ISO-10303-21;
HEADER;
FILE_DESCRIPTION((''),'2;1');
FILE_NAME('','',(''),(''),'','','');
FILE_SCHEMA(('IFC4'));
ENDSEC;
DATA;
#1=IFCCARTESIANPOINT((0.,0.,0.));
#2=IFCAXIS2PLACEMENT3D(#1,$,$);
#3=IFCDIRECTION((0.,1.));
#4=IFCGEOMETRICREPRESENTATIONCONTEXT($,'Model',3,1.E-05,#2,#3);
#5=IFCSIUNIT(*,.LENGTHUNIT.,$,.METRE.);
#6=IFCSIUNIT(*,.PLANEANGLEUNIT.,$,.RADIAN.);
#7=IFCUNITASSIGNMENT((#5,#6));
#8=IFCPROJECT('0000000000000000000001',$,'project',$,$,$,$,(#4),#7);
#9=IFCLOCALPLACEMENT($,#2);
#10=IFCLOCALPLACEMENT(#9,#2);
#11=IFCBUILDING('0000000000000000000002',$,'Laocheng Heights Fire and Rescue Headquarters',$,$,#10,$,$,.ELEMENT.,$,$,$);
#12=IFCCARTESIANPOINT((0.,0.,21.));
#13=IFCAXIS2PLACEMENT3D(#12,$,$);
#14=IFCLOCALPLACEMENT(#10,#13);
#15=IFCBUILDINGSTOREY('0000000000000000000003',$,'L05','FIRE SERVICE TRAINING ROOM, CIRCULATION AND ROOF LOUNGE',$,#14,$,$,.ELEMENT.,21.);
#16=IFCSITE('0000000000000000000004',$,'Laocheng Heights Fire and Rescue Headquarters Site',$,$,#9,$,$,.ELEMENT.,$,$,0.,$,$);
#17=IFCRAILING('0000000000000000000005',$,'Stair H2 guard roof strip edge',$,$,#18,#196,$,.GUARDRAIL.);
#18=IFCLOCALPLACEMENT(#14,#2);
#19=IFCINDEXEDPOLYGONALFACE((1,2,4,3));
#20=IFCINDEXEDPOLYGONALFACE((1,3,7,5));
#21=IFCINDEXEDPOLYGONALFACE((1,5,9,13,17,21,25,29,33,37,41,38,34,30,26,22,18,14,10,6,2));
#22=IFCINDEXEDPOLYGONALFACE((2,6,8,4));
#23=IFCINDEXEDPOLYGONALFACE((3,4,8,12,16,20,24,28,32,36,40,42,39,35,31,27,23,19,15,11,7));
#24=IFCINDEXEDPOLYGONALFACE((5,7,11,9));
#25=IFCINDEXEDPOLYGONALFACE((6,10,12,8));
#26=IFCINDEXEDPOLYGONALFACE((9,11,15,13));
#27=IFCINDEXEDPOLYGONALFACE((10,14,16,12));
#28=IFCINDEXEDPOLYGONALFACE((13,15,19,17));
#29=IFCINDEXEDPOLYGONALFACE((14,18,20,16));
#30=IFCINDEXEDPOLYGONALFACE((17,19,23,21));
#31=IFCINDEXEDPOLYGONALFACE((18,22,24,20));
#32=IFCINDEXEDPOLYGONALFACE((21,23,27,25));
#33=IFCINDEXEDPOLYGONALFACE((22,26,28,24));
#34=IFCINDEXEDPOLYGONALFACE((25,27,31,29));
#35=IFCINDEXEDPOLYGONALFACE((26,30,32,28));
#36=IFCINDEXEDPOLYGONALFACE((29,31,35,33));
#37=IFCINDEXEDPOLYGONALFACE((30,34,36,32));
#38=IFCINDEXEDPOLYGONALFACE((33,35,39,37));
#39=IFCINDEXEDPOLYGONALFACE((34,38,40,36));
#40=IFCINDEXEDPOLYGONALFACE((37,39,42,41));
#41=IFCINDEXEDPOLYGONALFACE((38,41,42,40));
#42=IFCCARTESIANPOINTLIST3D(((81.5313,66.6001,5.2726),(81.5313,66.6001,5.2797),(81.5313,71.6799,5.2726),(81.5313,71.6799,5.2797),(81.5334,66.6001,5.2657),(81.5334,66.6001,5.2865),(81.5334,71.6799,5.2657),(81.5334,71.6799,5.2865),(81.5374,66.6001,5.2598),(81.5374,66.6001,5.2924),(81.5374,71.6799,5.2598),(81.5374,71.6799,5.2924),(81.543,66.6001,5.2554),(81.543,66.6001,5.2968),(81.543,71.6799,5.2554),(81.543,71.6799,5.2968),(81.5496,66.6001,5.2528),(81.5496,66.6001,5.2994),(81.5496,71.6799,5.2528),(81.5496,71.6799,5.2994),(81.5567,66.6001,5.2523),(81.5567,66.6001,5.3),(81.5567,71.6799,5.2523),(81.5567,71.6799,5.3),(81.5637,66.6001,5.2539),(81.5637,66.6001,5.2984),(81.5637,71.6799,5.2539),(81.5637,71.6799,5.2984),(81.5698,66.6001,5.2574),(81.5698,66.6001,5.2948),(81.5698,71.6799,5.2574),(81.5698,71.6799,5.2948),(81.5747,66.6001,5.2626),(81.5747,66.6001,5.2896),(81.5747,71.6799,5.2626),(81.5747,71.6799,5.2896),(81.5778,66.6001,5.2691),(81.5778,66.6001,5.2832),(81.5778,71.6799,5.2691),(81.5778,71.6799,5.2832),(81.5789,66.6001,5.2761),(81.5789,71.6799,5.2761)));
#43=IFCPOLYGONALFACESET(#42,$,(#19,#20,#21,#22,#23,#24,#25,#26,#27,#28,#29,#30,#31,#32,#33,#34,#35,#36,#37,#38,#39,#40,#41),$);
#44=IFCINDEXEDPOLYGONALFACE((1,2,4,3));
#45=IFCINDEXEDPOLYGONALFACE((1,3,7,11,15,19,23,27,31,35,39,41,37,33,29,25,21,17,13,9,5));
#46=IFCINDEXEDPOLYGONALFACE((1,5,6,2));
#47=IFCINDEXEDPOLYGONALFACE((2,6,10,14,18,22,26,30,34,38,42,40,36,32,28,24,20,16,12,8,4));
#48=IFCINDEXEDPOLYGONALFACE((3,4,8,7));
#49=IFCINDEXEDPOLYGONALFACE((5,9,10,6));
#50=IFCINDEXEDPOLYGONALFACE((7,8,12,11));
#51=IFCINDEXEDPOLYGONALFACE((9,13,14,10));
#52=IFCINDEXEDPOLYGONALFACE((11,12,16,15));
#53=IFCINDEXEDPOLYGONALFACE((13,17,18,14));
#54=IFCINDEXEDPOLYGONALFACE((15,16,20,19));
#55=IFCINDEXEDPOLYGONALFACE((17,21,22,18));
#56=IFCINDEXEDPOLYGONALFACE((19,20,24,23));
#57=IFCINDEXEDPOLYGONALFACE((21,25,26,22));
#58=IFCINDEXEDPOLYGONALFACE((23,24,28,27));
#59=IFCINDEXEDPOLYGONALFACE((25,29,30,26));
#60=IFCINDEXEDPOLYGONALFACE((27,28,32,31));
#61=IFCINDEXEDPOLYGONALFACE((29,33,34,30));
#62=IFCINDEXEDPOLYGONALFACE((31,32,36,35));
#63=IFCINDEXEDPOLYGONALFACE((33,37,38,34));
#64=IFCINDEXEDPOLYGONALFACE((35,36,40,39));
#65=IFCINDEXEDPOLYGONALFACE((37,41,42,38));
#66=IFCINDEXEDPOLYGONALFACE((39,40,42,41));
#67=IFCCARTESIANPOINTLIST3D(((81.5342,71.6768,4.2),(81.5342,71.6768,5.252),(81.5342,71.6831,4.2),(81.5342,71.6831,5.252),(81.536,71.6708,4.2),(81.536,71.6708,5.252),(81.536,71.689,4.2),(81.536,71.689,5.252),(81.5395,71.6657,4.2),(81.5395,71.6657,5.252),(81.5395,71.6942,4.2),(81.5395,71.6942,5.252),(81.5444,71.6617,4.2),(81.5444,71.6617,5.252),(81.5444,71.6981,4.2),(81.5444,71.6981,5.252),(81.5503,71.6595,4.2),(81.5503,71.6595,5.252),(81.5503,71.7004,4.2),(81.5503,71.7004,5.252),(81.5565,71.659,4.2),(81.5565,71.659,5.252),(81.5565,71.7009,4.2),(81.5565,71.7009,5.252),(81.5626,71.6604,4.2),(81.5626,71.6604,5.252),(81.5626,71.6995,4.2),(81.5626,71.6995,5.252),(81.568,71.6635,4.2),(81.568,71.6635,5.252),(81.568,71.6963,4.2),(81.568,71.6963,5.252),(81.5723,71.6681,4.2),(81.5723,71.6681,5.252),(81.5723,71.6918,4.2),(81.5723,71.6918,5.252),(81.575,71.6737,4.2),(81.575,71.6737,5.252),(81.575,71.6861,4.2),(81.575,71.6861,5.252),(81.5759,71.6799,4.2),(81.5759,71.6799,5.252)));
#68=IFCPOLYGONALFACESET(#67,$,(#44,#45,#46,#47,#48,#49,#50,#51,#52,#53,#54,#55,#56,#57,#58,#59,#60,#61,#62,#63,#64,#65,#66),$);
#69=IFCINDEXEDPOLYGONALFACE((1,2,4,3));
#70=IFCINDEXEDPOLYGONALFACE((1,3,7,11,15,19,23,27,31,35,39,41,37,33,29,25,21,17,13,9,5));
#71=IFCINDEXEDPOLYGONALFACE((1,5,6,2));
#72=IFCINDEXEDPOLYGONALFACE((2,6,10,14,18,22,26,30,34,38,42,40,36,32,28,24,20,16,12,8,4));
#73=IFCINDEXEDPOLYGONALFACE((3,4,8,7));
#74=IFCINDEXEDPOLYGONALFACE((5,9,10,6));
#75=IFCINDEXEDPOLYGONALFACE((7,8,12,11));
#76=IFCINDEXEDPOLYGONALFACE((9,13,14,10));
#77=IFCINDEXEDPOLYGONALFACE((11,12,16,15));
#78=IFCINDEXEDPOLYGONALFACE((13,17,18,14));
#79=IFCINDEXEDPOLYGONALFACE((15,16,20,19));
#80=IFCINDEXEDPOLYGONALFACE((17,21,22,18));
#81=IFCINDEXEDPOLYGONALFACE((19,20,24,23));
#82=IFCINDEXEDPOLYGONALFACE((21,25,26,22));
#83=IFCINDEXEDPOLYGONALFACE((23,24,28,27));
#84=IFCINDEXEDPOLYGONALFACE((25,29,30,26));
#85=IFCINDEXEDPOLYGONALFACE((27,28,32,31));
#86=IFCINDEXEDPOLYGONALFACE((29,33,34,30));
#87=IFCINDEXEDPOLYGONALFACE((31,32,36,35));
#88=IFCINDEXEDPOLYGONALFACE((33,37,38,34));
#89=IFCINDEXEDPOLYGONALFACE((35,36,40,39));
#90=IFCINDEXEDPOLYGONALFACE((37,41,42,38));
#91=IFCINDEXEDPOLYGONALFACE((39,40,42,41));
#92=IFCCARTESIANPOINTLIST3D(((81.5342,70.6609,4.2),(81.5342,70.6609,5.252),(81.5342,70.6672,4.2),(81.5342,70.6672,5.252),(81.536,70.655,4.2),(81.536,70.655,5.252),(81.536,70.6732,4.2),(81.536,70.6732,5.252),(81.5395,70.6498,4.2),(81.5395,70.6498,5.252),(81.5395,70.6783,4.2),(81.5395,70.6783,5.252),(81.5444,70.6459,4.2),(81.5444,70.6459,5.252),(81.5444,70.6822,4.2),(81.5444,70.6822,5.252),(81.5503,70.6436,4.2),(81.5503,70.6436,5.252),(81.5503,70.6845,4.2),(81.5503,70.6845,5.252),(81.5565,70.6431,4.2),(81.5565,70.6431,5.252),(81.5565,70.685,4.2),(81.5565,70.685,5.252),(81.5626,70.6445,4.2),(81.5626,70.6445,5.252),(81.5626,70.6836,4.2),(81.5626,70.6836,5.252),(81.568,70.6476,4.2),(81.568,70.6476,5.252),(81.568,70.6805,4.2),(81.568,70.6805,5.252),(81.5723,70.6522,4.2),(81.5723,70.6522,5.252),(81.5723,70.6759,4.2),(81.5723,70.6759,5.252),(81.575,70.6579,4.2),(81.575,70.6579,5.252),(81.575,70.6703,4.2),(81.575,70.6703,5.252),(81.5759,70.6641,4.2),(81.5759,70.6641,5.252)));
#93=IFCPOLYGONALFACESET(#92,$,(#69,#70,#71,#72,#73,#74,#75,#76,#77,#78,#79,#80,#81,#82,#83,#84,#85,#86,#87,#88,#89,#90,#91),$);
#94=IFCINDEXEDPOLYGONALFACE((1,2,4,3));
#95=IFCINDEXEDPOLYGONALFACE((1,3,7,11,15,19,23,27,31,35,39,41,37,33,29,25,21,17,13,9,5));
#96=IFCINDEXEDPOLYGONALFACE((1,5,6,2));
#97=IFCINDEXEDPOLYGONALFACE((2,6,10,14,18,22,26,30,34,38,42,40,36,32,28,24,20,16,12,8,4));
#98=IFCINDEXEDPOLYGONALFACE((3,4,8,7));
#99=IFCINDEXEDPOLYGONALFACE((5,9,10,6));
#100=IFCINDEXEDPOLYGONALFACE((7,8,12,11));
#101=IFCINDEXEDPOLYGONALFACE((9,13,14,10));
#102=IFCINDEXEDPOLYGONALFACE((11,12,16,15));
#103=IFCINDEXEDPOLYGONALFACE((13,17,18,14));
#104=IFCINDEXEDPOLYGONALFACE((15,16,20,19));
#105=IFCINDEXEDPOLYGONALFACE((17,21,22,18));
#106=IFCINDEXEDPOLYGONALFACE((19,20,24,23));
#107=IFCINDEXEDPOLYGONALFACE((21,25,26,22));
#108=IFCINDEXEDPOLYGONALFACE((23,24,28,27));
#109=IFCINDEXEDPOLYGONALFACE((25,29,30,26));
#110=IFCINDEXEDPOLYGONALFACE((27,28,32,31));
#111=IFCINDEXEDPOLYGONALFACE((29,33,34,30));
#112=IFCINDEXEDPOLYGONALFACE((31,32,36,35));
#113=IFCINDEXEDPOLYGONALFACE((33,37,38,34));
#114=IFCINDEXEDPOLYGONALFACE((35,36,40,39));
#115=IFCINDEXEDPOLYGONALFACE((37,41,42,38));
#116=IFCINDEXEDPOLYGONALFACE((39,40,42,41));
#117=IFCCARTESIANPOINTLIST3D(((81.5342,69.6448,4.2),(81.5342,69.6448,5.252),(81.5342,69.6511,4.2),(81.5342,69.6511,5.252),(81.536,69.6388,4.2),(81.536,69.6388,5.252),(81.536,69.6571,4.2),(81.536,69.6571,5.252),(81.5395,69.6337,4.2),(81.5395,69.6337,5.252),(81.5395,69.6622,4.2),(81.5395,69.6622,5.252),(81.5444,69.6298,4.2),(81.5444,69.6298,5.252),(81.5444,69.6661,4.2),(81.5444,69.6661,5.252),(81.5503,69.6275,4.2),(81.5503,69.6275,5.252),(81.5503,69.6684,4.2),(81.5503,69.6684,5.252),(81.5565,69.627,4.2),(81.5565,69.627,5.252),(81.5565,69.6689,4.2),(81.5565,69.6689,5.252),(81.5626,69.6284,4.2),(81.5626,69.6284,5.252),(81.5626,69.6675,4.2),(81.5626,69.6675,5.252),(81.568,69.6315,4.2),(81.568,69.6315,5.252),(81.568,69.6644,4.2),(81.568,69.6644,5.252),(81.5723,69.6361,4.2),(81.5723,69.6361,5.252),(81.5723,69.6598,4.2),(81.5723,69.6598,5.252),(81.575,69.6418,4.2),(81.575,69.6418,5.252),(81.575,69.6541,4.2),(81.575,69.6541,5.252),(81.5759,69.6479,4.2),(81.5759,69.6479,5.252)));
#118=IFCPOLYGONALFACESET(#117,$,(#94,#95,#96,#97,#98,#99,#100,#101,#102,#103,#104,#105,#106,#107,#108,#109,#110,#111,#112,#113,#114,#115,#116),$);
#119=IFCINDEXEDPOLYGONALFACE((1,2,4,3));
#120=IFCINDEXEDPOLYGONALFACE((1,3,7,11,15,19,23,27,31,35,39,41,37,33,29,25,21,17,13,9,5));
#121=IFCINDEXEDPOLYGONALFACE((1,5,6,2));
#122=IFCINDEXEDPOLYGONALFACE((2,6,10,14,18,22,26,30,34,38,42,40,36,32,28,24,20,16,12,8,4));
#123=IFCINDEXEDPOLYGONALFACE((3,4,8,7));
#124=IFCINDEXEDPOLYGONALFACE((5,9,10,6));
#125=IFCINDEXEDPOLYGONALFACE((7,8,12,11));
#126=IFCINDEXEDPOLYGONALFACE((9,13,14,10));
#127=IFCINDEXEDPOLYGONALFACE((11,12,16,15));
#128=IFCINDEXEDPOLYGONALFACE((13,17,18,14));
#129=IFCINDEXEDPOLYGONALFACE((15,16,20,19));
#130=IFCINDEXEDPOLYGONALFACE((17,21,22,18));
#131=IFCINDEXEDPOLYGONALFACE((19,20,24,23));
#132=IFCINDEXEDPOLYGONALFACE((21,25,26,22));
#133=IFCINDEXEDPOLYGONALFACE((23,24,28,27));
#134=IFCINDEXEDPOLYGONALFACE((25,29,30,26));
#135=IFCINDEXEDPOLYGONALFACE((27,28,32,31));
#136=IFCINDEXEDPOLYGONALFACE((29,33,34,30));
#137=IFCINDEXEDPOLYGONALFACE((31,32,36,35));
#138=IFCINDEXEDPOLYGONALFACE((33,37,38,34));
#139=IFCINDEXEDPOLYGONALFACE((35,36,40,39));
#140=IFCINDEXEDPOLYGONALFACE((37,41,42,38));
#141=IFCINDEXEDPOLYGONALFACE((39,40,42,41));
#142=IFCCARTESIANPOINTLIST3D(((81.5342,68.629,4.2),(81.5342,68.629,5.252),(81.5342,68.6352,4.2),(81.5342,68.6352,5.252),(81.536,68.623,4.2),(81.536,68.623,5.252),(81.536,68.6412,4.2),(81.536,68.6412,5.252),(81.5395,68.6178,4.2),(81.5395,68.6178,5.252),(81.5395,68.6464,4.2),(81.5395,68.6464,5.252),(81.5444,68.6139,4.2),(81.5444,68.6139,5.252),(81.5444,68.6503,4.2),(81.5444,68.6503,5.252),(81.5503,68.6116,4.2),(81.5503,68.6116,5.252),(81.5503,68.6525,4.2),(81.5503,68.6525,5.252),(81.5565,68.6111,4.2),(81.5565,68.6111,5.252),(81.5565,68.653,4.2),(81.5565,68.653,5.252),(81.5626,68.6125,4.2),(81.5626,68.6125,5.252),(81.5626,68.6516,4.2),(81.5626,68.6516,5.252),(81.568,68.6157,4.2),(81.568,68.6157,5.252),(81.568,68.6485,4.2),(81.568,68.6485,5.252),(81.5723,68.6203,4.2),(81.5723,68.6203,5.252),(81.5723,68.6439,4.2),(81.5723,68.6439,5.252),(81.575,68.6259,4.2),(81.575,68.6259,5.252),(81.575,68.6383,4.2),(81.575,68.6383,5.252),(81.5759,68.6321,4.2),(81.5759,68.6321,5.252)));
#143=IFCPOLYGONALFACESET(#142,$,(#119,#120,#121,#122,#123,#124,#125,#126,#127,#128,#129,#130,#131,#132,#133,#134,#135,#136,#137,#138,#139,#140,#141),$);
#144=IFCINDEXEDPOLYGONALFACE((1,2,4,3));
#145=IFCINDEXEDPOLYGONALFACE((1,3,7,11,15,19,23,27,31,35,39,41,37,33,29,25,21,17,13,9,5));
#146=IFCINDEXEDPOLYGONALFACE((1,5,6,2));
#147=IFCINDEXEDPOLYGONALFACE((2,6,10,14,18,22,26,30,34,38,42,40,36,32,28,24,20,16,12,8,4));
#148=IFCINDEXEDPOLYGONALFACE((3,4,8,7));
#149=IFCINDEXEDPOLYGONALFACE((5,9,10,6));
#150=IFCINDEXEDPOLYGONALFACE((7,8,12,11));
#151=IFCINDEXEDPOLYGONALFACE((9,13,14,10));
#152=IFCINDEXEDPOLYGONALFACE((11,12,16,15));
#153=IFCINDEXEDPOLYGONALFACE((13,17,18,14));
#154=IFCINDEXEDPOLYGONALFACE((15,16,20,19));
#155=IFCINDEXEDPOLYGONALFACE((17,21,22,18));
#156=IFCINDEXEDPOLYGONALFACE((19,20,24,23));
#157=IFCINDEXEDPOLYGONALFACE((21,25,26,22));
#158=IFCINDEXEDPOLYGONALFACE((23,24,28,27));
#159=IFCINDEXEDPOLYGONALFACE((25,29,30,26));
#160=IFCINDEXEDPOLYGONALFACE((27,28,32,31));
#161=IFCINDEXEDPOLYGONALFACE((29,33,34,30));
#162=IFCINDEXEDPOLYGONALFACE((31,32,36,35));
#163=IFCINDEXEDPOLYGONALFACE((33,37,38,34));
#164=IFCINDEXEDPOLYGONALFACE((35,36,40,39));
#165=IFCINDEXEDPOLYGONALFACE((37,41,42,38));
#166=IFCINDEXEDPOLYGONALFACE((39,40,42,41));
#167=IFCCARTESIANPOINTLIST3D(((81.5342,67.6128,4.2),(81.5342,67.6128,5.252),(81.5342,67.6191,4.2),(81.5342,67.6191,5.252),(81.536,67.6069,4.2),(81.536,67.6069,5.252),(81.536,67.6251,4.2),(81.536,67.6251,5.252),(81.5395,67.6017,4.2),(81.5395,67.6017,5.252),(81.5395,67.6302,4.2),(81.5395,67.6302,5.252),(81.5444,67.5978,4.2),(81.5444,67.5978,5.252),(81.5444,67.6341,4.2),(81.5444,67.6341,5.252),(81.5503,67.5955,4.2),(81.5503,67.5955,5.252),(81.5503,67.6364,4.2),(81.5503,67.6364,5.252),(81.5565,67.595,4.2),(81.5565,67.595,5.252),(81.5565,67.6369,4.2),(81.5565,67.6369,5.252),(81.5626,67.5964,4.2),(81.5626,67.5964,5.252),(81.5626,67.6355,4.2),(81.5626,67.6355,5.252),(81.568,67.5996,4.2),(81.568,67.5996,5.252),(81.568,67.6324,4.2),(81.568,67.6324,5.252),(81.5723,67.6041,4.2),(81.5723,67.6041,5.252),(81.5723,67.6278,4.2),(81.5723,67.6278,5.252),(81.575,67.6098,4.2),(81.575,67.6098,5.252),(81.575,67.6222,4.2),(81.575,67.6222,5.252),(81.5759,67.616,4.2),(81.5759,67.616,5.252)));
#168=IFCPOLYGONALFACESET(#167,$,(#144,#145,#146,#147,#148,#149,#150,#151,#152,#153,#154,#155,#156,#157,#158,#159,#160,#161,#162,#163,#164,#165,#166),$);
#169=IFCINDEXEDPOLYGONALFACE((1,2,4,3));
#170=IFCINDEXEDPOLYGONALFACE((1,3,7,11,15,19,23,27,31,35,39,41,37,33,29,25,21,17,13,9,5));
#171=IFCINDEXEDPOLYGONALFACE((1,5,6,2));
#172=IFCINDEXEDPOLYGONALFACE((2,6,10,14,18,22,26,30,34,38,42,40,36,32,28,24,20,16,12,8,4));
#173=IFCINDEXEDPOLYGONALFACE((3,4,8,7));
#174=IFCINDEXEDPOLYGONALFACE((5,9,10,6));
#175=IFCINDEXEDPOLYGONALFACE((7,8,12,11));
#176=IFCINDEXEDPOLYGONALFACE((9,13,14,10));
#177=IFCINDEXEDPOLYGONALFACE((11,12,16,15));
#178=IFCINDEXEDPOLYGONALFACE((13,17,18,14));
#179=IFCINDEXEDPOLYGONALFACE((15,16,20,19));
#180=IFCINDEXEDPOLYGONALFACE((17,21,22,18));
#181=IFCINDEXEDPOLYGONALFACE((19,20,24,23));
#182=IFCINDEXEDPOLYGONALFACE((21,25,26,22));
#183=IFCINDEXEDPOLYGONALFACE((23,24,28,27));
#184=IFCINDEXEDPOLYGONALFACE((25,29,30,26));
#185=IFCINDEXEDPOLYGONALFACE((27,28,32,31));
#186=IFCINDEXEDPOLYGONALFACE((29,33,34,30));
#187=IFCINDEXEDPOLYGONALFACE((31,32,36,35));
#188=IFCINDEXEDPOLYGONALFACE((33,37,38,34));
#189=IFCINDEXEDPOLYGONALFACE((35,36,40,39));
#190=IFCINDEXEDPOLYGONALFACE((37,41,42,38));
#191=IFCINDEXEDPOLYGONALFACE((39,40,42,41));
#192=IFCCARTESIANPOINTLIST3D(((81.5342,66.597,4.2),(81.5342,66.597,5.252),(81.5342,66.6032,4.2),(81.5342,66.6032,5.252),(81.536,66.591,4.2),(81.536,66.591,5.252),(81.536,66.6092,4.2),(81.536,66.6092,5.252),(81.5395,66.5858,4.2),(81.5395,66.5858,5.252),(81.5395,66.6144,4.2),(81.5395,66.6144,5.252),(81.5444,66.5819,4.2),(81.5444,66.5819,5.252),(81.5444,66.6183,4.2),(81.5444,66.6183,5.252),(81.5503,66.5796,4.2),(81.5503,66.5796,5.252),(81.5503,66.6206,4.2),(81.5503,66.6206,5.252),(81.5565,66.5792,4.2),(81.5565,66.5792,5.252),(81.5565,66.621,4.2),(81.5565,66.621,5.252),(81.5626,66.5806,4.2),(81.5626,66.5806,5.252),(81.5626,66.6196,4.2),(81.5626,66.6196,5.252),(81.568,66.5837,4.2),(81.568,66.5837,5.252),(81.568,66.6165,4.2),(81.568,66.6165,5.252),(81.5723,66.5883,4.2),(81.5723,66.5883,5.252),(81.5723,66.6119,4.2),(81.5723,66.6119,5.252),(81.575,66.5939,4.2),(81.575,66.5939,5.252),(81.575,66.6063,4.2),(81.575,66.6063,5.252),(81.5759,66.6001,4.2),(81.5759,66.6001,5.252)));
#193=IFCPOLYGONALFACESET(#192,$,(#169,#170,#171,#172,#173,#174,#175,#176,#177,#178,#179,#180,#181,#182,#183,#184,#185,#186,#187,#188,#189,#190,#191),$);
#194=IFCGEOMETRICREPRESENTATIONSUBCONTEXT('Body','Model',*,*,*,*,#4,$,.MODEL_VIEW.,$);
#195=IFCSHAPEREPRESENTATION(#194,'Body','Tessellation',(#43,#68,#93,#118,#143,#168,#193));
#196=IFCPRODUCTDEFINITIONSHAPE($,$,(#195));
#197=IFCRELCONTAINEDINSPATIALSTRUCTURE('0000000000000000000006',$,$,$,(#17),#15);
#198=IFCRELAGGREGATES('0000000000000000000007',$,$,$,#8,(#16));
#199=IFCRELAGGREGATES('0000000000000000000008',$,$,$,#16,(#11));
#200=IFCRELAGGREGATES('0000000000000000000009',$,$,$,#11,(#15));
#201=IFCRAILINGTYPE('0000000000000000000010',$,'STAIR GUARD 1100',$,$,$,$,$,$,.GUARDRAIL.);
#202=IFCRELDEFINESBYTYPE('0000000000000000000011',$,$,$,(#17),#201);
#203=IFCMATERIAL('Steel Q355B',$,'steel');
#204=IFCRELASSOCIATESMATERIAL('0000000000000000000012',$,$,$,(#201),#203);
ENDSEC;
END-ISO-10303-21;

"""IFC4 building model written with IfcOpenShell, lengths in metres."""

from ifc_helpers import new_model, si_unit, direction, frame, origin, origin_2d, place, context, subcontext, project, spatial, circle, extrude, material, type_object, element, save


model = new_model("IFC4")

# Units and contexts
model_context = context("Model", 3, precision=1e-05, world=origin(), true_north=direction((0.0, 1.0)))
body_context = subcontext(model_context, "Body", "Model", "MODEL_VIEW")
ifc_project = project(units=[si_unit("LENGTHUNIT", "METRE"), si_unit("PLANEANGLEUNIT", "RADIAN")], contexts=[model_context])

# Site, building, storey
site_placement = place(None, origin())
site = spatial("IfcSite", under=ifc_project, at=site_placement, Name="Laocheng Heights Fire and Rescue Headquarters Site", CompositionType="ELEMENT", RefElevation=0.0)
building_placement = place(site_placement, origin())
building = spatial("IfcBuilding", under=site, at=building_placement, Name="Laocheng Heights Fire and Rescue Headquarters", CompositionType="ELEMENT")
storey_placement = place(building_placement, frame((0.0, 0.0, 21.0)))
storey = spatial("IfcBuildingStorey", under=building, at=storey_placement, Name="L05", Description="FIRE SERVICE TRAINING ROOM, CIRCULATION AND ROOF LOUNGE", CompositionType="ELEMENT", Elevation=21.0)

# Railing
ifc_material_1 = material(Name="Steel Q355B", Category="steel")
railing_type_1 = type_object("IfcRailingType", Name="STAIR GUARD 1100", PredefinedType="GUARDRAIL", material=ifc_material_1)
railing_1_placement = place(storey_placement, frame((81.5549, 71.6799, 4.2)))
element("IfcRailing", 1, at=railing_1_placement, inside=storey, type_object=railing_type_1, Name="Stair H2 guard roof strip edge", PredefinedType="GUARDRAIL", context=body_context, shape_type="SweptSolid", body=[
    extrude(circle(Radius=0.0239, at=origin_2d()), frame((0.0, 0.0, 1.0762), z_axis=(0.0, -1.0, 0.0), x_axis=(1.0, 0.0, 0.0)), (0.0, 0.0, 1.0), 5.0798),
    extrude(circle(Radius=0.021, at=origin_2d()), origin(), (0.0, 0.0, 1.0), 1.052),
    extrude(circle(Radius=0.021, at=origin_2d()), frame((0.0, -1.0159, 0.0)), (0.0, 0.0, 1.0), 1.052),
    extrude(circle(Radius=0.021, at=origin_2d()), frame((0.0, -2.032, 0.0)), (0.0, 0.0, 1.0), 1.052),
    extrude(circle(Radius=0.021, at=origin_2d()), frame((0.0, -3.0479, 0.0)), (0.0, 0.0, 1.0), 1.052),
    extrude(circle(Radius=0.021, at=origin_2d()), frame((0.0, -4.064, 0.0)), (0.0, 0.0, 1.0), 1.052),
    extrude(circle(Radius=0.021, at=origin_2d()), frame((0.0, -5.0798, 0.0)), (0.0, 0.0, 1.0), 1.052),
])

save(model, "model.ifc")
